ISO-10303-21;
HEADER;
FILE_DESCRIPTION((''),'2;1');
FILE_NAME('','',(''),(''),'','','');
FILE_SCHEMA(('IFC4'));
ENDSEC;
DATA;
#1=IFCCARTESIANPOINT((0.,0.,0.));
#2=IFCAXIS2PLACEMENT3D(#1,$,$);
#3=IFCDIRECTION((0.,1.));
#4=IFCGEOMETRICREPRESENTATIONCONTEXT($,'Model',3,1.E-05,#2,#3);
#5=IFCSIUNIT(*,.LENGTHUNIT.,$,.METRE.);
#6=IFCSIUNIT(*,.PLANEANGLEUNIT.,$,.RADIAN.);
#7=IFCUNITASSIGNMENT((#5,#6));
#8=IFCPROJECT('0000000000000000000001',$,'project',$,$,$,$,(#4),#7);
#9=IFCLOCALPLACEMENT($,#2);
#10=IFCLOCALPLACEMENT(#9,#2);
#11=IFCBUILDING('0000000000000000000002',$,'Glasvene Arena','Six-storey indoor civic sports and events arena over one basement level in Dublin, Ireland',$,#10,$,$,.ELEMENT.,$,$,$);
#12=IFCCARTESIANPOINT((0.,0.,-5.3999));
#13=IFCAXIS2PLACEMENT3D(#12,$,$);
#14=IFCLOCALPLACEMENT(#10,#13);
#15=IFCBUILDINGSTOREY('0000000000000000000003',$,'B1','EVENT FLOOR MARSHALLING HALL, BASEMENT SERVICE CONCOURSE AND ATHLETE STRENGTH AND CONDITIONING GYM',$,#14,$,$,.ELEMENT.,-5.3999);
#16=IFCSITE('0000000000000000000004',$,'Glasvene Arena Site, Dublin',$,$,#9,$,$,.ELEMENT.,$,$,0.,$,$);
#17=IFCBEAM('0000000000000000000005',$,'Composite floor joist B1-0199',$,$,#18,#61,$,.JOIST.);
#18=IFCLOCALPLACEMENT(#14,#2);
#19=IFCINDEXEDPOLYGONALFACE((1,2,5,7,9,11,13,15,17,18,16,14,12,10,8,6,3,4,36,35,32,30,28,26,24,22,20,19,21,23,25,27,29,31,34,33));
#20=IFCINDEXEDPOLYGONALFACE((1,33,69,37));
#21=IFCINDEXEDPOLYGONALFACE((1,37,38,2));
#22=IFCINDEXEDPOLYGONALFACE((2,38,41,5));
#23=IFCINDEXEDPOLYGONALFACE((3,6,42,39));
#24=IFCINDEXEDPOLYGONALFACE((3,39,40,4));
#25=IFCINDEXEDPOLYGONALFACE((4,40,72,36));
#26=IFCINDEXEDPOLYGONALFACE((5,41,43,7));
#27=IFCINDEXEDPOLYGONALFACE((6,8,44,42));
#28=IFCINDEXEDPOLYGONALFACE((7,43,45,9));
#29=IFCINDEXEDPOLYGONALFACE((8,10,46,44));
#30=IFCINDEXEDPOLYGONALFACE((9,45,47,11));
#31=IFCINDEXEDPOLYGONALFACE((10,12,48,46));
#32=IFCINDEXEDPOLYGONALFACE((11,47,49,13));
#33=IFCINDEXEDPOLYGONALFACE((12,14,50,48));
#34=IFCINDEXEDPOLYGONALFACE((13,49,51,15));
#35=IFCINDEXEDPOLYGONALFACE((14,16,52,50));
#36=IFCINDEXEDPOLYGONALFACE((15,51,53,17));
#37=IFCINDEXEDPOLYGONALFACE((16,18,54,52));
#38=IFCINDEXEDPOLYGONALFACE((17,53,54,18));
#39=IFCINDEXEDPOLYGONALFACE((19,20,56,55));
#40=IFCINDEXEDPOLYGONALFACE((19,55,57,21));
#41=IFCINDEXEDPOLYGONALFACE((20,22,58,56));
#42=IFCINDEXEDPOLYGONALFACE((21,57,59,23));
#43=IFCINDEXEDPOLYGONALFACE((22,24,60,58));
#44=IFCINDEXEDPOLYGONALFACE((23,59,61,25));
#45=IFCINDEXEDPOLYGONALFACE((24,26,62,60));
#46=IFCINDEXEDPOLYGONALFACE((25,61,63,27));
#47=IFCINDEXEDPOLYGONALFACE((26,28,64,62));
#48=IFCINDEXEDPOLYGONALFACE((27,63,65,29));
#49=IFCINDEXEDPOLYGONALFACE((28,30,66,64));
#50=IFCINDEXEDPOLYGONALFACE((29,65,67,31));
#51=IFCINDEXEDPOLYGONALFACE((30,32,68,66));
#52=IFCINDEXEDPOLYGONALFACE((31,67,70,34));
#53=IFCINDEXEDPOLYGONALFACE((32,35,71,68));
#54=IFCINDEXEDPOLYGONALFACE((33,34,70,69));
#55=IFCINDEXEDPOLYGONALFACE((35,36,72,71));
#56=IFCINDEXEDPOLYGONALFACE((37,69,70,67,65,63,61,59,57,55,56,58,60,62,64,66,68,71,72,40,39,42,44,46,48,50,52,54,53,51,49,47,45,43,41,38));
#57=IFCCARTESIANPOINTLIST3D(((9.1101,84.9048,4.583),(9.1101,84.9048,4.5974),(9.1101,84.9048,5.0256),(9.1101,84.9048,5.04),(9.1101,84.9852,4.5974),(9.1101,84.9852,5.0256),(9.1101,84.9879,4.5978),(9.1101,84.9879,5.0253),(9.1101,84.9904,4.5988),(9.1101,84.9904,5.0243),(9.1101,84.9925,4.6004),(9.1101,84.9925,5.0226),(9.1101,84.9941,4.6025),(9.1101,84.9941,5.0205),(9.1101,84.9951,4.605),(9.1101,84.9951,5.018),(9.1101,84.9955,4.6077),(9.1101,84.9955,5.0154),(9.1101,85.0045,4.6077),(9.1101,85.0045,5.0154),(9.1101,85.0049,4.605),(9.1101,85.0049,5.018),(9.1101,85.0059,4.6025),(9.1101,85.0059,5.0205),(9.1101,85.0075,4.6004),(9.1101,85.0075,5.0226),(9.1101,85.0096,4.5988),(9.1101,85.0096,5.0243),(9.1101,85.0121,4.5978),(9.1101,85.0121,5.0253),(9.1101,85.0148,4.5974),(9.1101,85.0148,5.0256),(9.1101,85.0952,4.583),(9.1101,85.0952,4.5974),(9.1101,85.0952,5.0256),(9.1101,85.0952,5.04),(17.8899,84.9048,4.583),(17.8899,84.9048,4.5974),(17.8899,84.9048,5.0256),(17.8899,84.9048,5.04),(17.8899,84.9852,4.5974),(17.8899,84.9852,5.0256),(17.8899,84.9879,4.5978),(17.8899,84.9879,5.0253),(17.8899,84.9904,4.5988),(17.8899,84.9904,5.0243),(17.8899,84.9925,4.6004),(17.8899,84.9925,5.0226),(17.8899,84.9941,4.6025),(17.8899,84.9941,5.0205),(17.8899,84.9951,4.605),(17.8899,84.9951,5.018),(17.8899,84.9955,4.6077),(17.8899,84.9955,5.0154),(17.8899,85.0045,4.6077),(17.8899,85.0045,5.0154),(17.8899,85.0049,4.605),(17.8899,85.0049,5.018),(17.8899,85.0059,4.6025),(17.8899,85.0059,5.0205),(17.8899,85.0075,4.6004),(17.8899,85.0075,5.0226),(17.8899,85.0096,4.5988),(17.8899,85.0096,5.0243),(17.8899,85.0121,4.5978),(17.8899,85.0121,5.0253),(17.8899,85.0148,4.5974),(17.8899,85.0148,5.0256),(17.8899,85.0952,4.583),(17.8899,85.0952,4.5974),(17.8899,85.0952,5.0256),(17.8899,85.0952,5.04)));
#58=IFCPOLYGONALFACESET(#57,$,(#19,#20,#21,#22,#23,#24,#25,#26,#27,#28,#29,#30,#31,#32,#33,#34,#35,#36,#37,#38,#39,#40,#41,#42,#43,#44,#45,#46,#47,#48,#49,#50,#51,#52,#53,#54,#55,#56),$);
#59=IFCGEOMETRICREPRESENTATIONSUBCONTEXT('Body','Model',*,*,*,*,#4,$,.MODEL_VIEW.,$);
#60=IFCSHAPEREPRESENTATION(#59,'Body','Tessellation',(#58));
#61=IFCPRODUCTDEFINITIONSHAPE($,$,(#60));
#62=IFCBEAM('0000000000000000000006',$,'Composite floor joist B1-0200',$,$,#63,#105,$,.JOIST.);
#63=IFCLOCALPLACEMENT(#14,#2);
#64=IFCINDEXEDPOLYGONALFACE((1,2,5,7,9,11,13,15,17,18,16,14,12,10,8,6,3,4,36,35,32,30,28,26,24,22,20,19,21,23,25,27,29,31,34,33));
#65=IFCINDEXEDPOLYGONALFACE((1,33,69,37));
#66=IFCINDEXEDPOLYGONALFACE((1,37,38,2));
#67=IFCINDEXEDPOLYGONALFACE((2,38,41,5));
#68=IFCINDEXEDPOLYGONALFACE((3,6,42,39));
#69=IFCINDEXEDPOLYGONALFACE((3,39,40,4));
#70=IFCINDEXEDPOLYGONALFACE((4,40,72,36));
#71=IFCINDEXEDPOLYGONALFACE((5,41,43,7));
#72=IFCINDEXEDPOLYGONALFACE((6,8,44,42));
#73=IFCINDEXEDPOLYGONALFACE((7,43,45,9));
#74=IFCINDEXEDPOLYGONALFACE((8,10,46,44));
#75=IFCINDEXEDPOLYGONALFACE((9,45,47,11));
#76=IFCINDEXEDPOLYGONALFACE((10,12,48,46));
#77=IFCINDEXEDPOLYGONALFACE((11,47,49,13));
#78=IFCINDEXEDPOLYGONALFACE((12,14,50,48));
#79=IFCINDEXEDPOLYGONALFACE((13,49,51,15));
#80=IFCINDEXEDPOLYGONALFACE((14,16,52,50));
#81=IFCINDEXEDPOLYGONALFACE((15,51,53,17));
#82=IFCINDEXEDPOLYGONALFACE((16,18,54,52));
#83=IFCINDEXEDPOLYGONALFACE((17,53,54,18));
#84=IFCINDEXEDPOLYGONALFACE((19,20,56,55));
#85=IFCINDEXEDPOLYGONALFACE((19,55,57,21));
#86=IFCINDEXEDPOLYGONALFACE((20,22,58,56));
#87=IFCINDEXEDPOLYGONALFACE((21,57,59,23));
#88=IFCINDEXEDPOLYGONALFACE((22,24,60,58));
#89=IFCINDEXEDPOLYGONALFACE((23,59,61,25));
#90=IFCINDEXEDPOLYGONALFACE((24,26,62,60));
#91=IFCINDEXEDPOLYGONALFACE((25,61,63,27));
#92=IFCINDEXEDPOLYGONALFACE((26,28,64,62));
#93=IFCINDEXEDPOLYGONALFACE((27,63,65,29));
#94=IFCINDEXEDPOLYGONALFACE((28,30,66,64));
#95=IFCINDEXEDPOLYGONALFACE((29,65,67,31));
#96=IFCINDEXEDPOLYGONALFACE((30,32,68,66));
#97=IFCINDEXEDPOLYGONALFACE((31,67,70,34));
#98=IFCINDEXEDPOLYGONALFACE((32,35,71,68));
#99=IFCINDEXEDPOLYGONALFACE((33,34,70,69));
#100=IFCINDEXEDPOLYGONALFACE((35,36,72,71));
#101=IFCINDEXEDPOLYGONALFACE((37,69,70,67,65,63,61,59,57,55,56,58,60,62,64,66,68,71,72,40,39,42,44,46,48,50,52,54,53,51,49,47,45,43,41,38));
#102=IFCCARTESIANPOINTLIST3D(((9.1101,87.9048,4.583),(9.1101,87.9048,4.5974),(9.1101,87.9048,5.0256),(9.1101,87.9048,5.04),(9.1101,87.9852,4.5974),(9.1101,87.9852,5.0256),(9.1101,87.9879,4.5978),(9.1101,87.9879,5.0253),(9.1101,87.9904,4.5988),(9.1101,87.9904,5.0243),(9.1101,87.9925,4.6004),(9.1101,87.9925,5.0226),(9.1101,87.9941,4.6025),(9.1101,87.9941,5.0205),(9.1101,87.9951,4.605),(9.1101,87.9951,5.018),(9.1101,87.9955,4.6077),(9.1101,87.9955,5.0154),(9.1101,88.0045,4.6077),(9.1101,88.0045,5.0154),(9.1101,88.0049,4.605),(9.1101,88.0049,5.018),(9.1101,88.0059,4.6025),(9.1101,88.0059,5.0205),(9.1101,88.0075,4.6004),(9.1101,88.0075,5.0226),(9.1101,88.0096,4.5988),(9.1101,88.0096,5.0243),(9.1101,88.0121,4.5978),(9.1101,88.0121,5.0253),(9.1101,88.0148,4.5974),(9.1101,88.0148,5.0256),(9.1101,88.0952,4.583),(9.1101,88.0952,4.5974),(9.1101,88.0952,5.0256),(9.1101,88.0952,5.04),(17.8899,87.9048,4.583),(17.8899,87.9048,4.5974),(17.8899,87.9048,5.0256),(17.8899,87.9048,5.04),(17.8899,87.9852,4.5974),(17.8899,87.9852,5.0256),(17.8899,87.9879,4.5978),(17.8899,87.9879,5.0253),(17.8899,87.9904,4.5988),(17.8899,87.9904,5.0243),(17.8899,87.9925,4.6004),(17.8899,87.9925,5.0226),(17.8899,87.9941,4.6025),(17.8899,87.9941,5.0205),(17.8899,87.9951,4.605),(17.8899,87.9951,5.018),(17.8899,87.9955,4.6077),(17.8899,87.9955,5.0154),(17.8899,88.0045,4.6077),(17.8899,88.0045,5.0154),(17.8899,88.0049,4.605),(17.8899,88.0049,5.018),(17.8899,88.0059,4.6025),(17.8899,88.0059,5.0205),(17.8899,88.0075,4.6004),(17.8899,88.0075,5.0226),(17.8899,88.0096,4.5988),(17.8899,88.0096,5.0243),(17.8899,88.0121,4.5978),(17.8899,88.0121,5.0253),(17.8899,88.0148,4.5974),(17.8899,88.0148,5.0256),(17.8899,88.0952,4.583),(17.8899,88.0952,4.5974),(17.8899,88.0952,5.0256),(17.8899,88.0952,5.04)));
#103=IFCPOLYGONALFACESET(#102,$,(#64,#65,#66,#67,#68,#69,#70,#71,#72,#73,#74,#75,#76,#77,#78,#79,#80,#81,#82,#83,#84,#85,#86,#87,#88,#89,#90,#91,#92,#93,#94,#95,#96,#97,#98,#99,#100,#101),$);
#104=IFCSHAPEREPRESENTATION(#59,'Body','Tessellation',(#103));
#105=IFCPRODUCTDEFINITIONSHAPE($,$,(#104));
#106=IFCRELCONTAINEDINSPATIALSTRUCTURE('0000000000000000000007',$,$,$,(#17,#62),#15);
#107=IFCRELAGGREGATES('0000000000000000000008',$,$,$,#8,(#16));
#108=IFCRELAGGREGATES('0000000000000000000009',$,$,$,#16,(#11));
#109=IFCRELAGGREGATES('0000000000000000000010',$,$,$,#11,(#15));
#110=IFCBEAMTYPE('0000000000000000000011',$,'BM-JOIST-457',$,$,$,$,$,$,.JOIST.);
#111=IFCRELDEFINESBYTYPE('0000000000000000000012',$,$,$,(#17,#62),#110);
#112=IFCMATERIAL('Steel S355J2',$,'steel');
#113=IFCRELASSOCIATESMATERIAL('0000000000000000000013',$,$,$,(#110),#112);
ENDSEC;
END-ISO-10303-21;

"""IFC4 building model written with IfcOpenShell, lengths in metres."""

from ifc_helpers import new_model, si_unit, direction, frame, origin, origin_2d, place, context, subcontext, project, spatial, i_section, extrude, material, material_profile, profile_set, type_object, element, save


model = new_model("IFC4")

# Units and contexts
model_context = context("Model", 3, precision=1e-05, world=origin(), true_north=direction((0.0, 1.0)))
body_context = subcontext(model_context, "Body", "Model", "MODEL_VIEW")
ifc_project = project(units=[si_unit("LENGTHUNIT", "METRE"), si_unit("PLANEANGLEUNIT", "RADIAN")], contexts=[model_context])

# Site, building, storey
site_placement = place(None, origin())
site = spatial("IfcSite", under=ifc_project, at=site_placement, Name="Glasvene Arena Site, Dublin", CompositionType="ELEMENT", RefElevation=0.0)
building_placement = place(site_placement, origin())
building = spatial("IfcBuilding", under=site, at=building_placement, Name="Glasvene Arena", Description="Six-storey indoor civic sports and events arena over one basement level in Dublin, Ireland", CompositionType="ELEMENT")
storey_placement = place(building_placement, frame((0.0, 0.0, -5.3999)))
storey = spatial("IfcBuildingStorey", under=building, at=storey_placement, Name="B1", Description="EVENT FLOOR MARSHALLING HALL, BASEMENT SERVICE CONCOURSE AND ATHLETE STRENGTH AND CONDITIONING GYM", CompositionType="ELEMENT", Elevation=-5.3999)

# Beams
ifc_material_1 = material(Name="Steel S355J2", Category="steel")
ifc_material_profile_1 = material_profile(ifc_material_1, i_section(OverallWidth=0.1904, OverallDepth=0.457, WebThickness=0.009, FlangeThickness=0.0144, FilletRadius=0.0103, at=origin_2d()), Name="UKB 457x191x74")
ifc_profile_set_1 = profile_set([ifc_material_profile_1], Name="Steel S355J2")
beam_type_1 = type_object("IfcBeamType", Name="BM-JOIST-457", PredefinedType="JOIST", material=ifc_profile_set_1)
for number, where, z_axis, x_axis, name in (
    (1, (9.1101, 85.0, 4.8115), (1.0, 0.0, 0.0), (0.0, 1.0, 0.0), "Composite floor joist B1-0199"),
    (2, (9.1101, 88.0, 4.8115), (1.0, 0.0, 0.0), (0.0, 1.0, 0.0), "Composite floor joist B1-0200"),
):
    element("IfcBeam", number, at=place(storey_placement, frame(where, z_axis=z_axis, x_axis=x_axis)), inside=storey, type_object=beam_type_1, Name=name, PredefinedType="JOIST", context=body_context, shape_type="SweptSolid", body=[
        extrude(i_section(OverallWidth=0.1904, OverallDepth=0.457, WebThickness=0.009, FlangeThickness=0.0144, FilletRadius=0.0103, at=origin_2d()), origin(), (0.0, 0.0, 1.0), 8.7798),
    ])

save(model, "model.ifc")
